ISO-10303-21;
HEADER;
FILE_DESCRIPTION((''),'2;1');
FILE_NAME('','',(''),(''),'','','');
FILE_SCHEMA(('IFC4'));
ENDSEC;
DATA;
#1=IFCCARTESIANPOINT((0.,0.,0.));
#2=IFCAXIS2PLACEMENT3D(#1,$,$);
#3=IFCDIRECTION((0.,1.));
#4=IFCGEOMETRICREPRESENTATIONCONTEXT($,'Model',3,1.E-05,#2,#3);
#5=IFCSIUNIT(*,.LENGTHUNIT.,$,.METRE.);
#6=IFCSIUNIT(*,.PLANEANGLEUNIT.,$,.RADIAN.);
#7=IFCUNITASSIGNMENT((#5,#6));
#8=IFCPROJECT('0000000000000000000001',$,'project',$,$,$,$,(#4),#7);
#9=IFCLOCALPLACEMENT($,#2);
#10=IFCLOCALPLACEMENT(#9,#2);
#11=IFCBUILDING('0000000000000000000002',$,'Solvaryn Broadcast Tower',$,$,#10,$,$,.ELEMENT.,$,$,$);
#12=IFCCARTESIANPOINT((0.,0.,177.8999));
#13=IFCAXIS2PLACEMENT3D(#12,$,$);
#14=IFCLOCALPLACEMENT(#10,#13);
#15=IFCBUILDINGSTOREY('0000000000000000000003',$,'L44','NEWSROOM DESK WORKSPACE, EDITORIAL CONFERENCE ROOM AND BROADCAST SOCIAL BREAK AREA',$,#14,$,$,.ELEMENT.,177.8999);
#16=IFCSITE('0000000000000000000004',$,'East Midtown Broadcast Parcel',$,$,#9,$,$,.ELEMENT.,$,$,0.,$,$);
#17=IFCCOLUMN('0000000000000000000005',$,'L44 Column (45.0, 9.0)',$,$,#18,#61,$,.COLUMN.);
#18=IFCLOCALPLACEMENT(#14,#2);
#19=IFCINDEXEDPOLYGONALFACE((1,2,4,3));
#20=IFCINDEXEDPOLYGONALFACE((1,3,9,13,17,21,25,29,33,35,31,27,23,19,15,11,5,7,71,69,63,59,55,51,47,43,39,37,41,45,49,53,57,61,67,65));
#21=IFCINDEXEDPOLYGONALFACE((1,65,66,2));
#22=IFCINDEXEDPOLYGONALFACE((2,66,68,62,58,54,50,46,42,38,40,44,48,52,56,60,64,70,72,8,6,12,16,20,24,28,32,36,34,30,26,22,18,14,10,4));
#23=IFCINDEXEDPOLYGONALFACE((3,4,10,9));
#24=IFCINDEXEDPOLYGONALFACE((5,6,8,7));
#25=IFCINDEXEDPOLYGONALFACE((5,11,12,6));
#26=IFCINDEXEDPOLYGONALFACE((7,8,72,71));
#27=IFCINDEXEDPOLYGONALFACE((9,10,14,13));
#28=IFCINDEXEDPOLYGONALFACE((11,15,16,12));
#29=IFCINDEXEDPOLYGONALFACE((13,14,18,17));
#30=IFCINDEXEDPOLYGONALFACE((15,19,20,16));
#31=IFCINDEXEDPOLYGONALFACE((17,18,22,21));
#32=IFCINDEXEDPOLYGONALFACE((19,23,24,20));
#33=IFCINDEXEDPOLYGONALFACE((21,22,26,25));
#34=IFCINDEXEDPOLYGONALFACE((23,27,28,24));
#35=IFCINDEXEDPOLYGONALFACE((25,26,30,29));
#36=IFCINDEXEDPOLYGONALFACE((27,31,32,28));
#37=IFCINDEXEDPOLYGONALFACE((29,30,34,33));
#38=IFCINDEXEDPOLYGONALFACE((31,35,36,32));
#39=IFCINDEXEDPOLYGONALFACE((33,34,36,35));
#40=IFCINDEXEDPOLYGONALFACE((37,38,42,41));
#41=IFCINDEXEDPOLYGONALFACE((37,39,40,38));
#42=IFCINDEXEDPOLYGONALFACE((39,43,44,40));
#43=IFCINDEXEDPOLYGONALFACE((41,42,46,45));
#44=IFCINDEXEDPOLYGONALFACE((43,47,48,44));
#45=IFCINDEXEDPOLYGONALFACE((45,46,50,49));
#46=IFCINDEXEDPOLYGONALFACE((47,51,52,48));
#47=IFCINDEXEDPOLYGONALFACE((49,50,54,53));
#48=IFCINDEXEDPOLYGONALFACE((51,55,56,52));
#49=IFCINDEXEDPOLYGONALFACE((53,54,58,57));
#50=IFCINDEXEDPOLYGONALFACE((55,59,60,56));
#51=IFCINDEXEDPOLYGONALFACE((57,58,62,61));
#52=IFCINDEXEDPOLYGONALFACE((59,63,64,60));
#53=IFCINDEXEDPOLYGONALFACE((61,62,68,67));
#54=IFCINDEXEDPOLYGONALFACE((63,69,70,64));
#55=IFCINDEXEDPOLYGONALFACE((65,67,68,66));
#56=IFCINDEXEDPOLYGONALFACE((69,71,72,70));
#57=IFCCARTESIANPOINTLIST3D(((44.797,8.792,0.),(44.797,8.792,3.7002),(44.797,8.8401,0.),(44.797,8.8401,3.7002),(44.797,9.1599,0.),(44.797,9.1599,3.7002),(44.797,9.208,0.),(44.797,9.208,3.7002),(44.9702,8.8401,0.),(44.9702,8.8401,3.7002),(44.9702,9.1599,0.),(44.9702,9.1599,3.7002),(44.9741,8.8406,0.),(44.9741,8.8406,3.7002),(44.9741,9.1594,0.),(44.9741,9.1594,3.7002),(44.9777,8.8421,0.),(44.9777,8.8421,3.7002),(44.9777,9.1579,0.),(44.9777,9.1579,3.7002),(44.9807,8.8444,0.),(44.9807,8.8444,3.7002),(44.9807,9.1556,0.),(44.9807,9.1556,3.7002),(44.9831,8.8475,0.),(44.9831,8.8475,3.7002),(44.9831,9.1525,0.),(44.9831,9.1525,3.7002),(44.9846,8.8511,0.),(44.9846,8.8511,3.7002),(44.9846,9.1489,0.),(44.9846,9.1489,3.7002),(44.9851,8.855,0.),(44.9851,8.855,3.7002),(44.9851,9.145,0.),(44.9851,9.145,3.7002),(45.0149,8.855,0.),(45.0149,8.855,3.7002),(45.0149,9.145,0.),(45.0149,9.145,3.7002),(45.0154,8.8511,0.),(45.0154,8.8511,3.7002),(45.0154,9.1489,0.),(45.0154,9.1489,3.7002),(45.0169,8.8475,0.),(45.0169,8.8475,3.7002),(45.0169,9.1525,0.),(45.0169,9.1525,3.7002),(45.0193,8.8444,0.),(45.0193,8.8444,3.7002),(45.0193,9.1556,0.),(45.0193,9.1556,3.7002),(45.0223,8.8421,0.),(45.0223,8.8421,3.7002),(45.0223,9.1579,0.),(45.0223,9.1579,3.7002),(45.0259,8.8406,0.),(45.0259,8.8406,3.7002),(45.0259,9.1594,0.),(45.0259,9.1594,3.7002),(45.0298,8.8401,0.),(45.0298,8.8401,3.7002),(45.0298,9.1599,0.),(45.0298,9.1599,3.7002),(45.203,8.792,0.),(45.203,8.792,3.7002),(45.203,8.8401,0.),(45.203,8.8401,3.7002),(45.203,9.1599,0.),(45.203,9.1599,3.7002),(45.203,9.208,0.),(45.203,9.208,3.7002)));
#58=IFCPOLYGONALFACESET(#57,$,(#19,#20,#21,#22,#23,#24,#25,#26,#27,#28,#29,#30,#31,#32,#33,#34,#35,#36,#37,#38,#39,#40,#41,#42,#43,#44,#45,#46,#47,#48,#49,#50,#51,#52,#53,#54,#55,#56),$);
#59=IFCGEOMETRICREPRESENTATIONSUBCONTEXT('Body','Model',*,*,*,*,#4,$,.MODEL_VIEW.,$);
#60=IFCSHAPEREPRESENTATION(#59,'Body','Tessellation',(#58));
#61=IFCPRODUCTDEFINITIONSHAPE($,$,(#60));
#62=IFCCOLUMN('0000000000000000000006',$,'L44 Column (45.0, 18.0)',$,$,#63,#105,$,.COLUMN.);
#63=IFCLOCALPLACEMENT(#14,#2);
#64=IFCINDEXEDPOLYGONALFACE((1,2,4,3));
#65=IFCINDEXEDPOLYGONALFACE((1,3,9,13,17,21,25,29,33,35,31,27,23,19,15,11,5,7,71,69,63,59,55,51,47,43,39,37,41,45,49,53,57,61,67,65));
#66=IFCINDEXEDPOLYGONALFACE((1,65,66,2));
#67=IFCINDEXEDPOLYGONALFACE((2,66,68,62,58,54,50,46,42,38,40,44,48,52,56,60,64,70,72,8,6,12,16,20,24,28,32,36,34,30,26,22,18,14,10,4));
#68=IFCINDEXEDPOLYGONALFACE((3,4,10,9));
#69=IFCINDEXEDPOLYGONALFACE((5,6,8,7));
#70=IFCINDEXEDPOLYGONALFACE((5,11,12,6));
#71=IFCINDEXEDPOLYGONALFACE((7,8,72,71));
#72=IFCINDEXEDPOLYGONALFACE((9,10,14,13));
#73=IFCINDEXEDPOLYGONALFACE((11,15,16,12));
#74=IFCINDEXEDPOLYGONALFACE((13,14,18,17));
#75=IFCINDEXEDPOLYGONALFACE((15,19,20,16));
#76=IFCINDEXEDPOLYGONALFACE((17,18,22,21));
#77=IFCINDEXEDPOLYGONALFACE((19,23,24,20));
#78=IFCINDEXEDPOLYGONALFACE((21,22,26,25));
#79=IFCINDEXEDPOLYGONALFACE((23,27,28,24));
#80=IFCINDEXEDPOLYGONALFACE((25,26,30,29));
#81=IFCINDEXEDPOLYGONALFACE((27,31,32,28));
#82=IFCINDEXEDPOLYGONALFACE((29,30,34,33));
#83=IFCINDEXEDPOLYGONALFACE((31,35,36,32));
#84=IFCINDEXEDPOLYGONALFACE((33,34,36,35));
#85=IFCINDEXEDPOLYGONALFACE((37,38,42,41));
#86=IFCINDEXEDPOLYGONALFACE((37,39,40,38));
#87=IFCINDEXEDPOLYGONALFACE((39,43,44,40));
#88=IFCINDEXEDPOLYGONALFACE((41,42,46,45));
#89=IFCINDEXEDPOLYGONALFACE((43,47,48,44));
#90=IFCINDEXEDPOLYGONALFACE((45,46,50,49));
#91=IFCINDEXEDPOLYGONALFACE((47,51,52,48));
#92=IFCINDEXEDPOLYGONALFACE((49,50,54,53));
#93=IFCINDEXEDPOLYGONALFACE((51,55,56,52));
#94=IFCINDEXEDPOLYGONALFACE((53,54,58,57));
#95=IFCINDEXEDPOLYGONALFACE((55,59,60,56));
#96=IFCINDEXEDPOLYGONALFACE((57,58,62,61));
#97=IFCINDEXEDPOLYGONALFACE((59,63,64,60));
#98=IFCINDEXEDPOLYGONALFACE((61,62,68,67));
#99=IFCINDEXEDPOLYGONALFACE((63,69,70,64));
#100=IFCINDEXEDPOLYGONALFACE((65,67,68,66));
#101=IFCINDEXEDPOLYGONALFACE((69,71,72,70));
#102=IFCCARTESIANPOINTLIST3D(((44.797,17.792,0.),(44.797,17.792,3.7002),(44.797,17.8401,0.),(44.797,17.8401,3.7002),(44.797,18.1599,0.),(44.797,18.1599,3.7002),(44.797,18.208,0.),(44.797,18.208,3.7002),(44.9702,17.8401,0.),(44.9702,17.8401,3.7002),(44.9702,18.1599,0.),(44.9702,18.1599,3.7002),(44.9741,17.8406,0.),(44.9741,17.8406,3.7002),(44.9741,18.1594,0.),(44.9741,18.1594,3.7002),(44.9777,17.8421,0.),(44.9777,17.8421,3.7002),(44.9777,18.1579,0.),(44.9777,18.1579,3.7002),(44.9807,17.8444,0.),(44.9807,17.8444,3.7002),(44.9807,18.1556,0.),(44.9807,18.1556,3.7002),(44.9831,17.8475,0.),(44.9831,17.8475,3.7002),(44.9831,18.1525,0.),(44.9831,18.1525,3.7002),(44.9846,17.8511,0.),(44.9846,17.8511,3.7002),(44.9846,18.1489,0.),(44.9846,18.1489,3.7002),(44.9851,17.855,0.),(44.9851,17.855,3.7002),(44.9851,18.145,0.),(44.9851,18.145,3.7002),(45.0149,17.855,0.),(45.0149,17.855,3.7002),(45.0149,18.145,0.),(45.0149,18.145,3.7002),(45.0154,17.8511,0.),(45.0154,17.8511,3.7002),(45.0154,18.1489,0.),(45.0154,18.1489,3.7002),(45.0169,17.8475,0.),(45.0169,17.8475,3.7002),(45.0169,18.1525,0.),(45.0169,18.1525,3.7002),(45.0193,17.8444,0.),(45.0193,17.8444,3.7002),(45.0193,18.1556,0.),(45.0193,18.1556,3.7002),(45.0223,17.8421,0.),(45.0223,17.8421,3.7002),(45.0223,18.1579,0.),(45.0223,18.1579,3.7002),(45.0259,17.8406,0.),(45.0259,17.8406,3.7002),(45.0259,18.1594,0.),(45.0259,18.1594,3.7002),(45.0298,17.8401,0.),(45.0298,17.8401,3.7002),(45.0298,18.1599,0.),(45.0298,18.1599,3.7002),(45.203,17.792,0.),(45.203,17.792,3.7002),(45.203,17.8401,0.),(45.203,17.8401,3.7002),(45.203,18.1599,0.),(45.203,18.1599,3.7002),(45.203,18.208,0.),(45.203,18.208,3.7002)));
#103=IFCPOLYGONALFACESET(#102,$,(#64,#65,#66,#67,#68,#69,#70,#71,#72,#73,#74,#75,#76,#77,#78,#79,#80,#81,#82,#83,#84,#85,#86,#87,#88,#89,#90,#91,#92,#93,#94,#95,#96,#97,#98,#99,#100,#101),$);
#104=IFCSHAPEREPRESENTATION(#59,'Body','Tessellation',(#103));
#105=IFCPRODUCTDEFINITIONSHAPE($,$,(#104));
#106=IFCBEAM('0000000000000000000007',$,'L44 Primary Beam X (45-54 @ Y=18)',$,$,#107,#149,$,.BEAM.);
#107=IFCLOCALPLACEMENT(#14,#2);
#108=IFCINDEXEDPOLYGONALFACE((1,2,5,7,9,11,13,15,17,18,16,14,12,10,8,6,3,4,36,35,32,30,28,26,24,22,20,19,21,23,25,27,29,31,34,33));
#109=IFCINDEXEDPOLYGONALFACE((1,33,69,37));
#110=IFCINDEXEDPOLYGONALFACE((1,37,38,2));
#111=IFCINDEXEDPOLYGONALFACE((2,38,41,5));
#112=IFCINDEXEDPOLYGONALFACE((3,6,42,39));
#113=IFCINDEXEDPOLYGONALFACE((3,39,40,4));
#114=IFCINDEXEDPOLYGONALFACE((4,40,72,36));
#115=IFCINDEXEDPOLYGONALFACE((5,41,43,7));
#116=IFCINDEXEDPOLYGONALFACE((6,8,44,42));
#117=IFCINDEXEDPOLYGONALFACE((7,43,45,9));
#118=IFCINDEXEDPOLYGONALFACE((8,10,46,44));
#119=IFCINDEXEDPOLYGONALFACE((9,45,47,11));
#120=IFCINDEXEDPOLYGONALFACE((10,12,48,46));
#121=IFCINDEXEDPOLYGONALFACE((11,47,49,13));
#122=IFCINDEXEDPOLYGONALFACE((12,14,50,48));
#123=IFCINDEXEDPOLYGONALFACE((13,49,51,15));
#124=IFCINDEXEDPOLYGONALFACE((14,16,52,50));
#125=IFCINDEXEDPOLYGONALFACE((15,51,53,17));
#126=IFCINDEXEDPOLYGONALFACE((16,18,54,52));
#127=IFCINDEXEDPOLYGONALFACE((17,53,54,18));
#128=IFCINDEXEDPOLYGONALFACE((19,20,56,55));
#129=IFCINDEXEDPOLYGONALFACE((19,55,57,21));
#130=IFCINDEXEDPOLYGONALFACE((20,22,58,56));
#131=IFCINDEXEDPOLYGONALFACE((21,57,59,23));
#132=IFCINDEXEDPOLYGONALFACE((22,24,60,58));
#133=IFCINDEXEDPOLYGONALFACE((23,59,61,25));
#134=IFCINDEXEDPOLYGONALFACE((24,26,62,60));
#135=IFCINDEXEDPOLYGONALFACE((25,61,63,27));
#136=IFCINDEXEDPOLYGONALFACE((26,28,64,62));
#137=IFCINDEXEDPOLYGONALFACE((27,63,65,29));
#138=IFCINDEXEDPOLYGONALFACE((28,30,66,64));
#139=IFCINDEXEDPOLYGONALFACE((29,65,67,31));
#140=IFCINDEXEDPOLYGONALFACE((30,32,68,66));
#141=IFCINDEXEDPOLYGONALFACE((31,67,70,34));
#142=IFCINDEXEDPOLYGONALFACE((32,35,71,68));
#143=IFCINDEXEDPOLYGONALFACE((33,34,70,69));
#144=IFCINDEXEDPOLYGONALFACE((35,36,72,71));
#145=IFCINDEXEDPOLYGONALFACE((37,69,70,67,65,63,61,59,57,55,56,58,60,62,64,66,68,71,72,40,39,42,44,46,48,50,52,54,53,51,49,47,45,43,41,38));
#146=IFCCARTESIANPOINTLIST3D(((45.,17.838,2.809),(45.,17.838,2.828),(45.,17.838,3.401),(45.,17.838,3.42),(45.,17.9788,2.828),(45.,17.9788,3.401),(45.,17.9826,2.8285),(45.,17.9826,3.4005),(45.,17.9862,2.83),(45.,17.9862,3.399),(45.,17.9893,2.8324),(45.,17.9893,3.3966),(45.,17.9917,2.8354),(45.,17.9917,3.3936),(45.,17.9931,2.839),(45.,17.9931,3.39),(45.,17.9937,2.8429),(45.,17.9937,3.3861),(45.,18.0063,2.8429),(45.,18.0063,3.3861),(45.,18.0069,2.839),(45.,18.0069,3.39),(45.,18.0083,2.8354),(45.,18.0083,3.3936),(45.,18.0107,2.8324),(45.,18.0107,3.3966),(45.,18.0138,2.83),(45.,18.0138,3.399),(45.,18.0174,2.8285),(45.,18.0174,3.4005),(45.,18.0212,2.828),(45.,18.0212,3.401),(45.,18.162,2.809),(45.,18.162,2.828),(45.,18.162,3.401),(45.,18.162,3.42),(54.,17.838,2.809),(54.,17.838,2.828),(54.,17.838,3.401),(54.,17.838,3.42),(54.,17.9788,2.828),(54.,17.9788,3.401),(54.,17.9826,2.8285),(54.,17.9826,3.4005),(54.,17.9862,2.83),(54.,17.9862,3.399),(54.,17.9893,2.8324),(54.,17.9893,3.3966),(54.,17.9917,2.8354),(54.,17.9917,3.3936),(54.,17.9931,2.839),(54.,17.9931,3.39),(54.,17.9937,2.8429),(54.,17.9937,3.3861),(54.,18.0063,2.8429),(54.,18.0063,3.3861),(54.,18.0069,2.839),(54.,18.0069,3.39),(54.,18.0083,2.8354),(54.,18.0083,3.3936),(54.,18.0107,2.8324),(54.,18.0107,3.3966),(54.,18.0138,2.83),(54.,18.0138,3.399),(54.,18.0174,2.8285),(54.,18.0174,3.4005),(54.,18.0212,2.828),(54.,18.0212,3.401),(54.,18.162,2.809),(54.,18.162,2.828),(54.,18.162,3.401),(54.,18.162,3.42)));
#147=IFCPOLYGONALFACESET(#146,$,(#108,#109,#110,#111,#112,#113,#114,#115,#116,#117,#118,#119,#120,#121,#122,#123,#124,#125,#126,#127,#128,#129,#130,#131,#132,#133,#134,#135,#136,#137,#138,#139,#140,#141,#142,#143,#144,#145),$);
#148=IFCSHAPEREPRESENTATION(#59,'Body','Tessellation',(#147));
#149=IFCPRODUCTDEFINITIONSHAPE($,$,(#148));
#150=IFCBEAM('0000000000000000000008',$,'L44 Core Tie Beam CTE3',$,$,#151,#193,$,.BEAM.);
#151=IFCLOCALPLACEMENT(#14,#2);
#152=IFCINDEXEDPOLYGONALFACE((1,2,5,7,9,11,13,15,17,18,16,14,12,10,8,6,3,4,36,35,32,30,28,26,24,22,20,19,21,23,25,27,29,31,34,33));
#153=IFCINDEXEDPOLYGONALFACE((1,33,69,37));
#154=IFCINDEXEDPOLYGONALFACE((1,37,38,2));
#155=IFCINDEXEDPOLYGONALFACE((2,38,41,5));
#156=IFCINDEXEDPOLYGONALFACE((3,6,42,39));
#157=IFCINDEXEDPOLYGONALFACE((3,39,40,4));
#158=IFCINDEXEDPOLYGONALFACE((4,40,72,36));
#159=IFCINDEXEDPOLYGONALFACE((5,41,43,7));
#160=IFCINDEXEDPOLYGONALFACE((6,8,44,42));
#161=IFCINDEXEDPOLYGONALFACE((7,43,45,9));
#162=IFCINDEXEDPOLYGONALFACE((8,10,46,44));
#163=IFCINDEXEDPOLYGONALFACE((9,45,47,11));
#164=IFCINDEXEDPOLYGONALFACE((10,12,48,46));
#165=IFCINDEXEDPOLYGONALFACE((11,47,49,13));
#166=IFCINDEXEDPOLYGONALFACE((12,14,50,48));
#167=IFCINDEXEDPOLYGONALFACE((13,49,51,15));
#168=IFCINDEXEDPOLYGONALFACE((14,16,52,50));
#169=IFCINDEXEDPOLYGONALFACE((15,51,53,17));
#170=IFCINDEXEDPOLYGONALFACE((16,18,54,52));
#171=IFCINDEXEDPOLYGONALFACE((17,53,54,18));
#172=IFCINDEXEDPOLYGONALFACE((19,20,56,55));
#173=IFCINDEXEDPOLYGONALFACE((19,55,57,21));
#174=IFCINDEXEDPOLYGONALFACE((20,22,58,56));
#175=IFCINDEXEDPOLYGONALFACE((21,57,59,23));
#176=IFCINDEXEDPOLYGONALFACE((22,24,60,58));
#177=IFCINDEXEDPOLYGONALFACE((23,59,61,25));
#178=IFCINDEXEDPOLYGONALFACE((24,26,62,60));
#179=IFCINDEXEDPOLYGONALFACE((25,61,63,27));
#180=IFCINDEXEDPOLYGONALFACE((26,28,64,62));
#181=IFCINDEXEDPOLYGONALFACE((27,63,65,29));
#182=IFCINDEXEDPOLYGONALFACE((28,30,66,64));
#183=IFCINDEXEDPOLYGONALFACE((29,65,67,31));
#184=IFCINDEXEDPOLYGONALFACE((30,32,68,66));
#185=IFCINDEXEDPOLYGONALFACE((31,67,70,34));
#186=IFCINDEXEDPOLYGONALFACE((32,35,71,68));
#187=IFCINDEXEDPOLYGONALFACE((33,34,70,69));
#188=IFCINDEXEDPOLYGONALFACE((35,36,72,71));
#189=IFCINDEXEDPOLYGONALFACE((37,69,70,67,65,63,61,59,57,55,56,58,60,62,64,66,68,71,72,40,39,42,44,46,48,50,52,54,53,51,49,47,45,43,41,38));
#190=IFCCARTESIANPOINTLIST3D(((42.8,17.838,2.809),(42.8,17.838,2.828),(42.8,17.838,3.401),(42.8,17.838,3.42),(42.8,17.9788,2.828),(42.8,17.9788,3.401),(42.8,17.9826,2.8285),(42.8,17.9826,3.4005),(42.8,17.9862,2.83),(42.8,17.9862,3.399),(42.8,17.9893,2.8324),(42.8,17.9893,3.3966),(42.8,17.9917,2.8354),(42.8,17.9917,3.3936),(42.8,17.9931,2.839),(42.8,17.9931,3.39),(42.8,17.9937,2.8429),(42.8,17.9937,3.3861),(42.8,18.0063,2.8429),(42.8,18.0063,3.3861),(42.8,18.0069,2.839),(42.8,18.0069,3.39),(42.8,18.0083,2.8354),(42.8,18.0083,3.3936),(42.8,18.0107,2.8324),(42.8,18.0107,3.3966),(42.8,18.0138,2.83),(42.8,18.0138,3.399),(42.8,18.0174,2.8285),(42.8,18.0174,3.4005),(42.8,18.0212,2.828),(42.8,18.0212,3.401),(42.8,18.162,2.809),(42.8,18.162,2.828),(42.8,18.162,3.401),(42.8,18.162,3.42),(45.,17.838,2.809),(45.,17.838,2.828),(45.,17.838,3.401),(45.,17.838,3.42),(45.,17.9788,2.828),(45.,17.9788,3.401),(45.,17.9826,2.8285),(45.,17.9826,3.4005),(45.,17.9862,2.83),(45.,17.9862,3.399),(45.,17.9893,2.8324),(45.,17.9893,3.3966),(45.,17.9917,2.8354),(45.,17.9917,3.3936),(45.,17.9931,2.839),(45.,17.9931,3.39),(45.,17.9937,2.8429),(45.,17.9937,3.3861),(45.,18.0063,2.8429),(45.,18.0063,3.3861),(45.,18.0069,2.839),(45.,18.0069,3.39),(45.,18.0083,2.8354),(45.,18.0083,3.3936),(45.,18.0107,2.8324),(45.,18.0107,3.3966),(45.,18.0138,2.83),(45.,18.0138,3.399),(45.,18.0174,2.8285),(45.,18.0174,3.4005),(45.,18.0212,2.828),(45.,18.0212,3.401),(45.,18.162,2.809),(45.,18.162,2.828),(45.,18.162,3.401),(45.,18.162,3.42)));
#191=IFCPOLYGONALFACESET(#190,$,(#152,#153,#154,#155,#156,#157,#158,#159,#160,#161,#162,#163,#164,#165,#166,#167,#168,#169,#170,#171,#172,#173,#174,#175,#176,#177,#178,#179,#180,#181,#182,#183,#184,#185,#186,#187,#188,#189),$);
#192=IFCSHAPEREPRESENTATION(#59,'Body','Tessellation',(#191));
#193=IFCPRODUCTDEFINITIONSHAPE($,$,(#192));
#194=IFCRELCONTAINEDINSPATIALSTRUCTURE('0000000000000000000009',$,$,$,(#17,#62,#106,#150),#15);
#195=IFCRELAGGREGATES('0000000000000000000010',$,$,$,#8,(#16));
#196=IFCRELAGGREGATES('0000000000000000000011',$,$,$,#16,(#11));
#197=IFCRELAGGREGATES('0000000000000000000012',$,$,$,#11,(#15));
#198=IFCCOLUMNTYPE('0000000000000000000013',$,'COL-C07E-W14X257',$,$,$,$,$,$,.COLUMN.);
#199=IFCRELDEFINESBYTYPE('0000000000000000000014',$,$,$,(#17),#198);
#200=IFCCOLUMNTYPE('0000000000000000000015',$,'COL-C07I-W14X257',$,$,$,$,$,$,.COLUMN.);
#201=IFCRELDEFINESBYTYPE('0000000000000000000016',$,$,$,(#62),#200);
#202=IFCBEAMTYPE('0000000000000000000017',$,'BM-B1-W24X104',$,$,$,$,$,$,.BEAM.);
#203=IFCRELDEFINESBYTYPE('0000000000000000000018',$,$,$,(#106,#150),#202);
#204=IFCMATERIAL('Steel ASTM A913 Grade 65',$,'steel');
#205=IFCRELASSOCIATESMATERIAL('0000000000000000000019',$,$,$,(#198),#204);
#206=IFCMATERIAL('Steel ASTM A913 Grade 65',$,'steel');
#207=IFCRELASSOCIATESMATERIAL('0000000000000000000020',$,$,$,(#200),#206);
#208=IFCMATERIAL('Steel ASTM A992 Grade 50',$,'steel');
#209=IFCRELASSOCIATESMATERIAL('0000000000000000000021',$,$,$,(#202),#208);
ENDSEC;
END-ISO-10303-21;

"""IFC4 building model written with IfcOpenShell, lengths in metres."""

from ifc_helpers import new_model, si_unit, direction, frame, origin, origin_2d, place, context, subcontext, project, spatial, i_section, extrude, material, material_profile, profile_set, type_object, element, save


model = new_model("IFC4")

# Units and contexts
model_context = context("Model", 3, precision=1e-05, world=origin(), true_north=direction((0.0, 1.0)))
body_context = subcontext(model_context, "Body", "Model", "MODEL_VIEW")
ifc_project = project(units=[si_unit("LENGTHUNIT", "METRE"), si_unit("PLANEANGLEUNIT", "RADIAN")], contexts=[model_context])

# Site, building, storey
site_placement = place(None, origin())
site = spatial("IfcSite", under=ifc_project, at=site_placement, Name="East Midtown Broadcast Parcel", CompositionType="ELEMENT", RefElevation=0.0)
building_placement = place(site_placement, origin())
building = spatial("IfcBuilding", under=site, at=building_placement, Name="Solvaryn Broadcast Tower", CompositionType="ELEMENT")
storey_placement = place(building_placement, frame((0.0, 0.0, 177.8999)))
storey = spatial("IfcBuildingStorey", under=building, at=storey_placement, Name="L44", Description="NEWSROOM DESK WORKSPACE, EDITORIAL CONFERENCE ROOM AND BROADCAST SOCIAL BREAK AREA", CompositionType="ELEMENT", Elevation=177.8999)

# Columns
ifc_material_1 = material(Name="Steel ASTM A913 Grade 65", Category="steel")
ifc_material_profile_1 = material_profile(ifc_material_1, i_section(OverallWidth=0.406, OverallDepth=0.416, WebThickness=0.0298, FlangeThickness=0.0481, FilletRadius=0.0149, at=origin_2d()))
ifc_profile_set_1 = profile_set([ifc_material_profile_1], Name="Steel ASTM A913 Grade 65")
column_type_1 = type_object("IfcColumnType", Name="COL-C07E-W14X257", PredefinedType="COLUMN", material=ifc_profile_set_1)
column_1_placement = place(storey_placement, frame((45.0, 9.0, 0.0), z_axis=(0.0, 0.0, 1.0), x_axis=(1.0, 0.0, 0.0)))
element("IfcColumn", 1, at=column_1_placement, inside=storey, type_object=column_type_1, Name="L44 Column (45.0, 9.0)", PredefinedType="COLUMN", context=body_context, shape_type="SweptSolid", body=[
    extrude(i_section(OverallWidth=0.406, OverallDepth=0.416, WebThickness=0.0298, FlangeThickness=0.0481, FilletRadius=0.0149, at=origin_2d()), origin(), (0.0, 0.0, 1.0), 3.7002),
])
ifc_material_2 = material(Name="Steel ASTM A913 Grade 65", Category="steel")
ifc_material_profile_2 = material_profile(ifc_material_2, i_section(OverallWidth=0.406, OverallDepth=0.416, WebThickness=0.0298, FlangeThickness=0.0481, FilletRadius=0.0149, at=origin_2d()))
ifc_profile_set_2 = profile_set([ifc_material_profile_2], Name="Steel ASTM A913 Grade 65")
column_type_2 = type_object("IfcColumnType", Name="COL-C07I-W14X257", PredefinedType="COLUMN", material=ifc_profile_set_2)
column_2_placement = place(storey_placement, frame((45.0, 18.0, 0.0), z_axis=(0.0, 0.0, 1.0), x_axis=(1.0, 0.0, 0.0)))
element("IfcColumn", 2, at=column_2_placement, inside=storey, type_object=column_type_2, Name="L44 Column (45.0, 18.0)", PredefinedType="COLUMN", context=body_context, shape_type="SweptSolid", body=[
    extrude(i_section(OverallWidth=0.406, OverallDepth=0.416, WebThickness=0.0298, FlangeThickness=0.0481, FilletRadius=0.0149, at=origin_2d()), origin(), (0.0, 0.0, 1.0), 3.7002),
])

# Beams
ifc_material_3 = material(Name="Steel ASTM A992 Grade 50", Category="steel")
ifc_material_profile_3 = material_profile(ifc_material_3, i_section(OverallWidth=0.324, OverallDepth=0.6111, WebThickness=0.0127, FlangeThickness=0.019, FilletRadius=0.0149, at=origin_2d()))
ifc_profile_set_3 = profile_set([ifc_material_profile_3], Name="Steel ASTM A992 Grade 50")
beam_type = type_object("IfcBeamType", Name="BM-B1-W24X104", PredefinedType="BEAM", material=ifc_profile_set_3)
beam_1_placement = place(storey_placement, frame((45.0, 18.0, 3.1145), z_axis=(1.0, 0.0, 0.0), x_axis=(0.0, 1.0, 0.0)))
element("IfcBeam", 3, at=beam_1_placement, inside=storey, type_object=beam_type, Name="L44 Primary Beam X (45-54 @ Y=18)", PredefinedType="BEAM", context=body_context, shape_type="SweptSolid", body=[
    extrude(i_section(OverallWidth=0.324, OverallDepth=0.6111, WebThickness=0.0127, FlangeThickness=0.019, FilletRadius=0.0149, at=origin_2d()), origin(), (0.0, 0.0, 1.0), 9.0),
])
beam_2_placement = place(storey_placement, frame((42.8, 18.0, 3.1145), z_axis=(1.0, 0.0, 0.0), x_axis=(0.0, 1.0, 0.0)))
element("IfcBeam", 4, at=beam_2_placement, inside=storey, type_object=beam_type, Name="L44 Core Tie Beam CTE3", PredefinedType="BEAM", context=body_context, shape_type="SweptSolid", body=[
    extrude(i_section(OverallWidth=0.324, OverallDepth=0.6111, WebThickness=0.0127, FlangeThickness=0.019, FilletRadius=0.0149, at=origin_2d()), origin(), (0.0, 0.0, 1.0), 2.2),
])

save(model, "model.ifc")
